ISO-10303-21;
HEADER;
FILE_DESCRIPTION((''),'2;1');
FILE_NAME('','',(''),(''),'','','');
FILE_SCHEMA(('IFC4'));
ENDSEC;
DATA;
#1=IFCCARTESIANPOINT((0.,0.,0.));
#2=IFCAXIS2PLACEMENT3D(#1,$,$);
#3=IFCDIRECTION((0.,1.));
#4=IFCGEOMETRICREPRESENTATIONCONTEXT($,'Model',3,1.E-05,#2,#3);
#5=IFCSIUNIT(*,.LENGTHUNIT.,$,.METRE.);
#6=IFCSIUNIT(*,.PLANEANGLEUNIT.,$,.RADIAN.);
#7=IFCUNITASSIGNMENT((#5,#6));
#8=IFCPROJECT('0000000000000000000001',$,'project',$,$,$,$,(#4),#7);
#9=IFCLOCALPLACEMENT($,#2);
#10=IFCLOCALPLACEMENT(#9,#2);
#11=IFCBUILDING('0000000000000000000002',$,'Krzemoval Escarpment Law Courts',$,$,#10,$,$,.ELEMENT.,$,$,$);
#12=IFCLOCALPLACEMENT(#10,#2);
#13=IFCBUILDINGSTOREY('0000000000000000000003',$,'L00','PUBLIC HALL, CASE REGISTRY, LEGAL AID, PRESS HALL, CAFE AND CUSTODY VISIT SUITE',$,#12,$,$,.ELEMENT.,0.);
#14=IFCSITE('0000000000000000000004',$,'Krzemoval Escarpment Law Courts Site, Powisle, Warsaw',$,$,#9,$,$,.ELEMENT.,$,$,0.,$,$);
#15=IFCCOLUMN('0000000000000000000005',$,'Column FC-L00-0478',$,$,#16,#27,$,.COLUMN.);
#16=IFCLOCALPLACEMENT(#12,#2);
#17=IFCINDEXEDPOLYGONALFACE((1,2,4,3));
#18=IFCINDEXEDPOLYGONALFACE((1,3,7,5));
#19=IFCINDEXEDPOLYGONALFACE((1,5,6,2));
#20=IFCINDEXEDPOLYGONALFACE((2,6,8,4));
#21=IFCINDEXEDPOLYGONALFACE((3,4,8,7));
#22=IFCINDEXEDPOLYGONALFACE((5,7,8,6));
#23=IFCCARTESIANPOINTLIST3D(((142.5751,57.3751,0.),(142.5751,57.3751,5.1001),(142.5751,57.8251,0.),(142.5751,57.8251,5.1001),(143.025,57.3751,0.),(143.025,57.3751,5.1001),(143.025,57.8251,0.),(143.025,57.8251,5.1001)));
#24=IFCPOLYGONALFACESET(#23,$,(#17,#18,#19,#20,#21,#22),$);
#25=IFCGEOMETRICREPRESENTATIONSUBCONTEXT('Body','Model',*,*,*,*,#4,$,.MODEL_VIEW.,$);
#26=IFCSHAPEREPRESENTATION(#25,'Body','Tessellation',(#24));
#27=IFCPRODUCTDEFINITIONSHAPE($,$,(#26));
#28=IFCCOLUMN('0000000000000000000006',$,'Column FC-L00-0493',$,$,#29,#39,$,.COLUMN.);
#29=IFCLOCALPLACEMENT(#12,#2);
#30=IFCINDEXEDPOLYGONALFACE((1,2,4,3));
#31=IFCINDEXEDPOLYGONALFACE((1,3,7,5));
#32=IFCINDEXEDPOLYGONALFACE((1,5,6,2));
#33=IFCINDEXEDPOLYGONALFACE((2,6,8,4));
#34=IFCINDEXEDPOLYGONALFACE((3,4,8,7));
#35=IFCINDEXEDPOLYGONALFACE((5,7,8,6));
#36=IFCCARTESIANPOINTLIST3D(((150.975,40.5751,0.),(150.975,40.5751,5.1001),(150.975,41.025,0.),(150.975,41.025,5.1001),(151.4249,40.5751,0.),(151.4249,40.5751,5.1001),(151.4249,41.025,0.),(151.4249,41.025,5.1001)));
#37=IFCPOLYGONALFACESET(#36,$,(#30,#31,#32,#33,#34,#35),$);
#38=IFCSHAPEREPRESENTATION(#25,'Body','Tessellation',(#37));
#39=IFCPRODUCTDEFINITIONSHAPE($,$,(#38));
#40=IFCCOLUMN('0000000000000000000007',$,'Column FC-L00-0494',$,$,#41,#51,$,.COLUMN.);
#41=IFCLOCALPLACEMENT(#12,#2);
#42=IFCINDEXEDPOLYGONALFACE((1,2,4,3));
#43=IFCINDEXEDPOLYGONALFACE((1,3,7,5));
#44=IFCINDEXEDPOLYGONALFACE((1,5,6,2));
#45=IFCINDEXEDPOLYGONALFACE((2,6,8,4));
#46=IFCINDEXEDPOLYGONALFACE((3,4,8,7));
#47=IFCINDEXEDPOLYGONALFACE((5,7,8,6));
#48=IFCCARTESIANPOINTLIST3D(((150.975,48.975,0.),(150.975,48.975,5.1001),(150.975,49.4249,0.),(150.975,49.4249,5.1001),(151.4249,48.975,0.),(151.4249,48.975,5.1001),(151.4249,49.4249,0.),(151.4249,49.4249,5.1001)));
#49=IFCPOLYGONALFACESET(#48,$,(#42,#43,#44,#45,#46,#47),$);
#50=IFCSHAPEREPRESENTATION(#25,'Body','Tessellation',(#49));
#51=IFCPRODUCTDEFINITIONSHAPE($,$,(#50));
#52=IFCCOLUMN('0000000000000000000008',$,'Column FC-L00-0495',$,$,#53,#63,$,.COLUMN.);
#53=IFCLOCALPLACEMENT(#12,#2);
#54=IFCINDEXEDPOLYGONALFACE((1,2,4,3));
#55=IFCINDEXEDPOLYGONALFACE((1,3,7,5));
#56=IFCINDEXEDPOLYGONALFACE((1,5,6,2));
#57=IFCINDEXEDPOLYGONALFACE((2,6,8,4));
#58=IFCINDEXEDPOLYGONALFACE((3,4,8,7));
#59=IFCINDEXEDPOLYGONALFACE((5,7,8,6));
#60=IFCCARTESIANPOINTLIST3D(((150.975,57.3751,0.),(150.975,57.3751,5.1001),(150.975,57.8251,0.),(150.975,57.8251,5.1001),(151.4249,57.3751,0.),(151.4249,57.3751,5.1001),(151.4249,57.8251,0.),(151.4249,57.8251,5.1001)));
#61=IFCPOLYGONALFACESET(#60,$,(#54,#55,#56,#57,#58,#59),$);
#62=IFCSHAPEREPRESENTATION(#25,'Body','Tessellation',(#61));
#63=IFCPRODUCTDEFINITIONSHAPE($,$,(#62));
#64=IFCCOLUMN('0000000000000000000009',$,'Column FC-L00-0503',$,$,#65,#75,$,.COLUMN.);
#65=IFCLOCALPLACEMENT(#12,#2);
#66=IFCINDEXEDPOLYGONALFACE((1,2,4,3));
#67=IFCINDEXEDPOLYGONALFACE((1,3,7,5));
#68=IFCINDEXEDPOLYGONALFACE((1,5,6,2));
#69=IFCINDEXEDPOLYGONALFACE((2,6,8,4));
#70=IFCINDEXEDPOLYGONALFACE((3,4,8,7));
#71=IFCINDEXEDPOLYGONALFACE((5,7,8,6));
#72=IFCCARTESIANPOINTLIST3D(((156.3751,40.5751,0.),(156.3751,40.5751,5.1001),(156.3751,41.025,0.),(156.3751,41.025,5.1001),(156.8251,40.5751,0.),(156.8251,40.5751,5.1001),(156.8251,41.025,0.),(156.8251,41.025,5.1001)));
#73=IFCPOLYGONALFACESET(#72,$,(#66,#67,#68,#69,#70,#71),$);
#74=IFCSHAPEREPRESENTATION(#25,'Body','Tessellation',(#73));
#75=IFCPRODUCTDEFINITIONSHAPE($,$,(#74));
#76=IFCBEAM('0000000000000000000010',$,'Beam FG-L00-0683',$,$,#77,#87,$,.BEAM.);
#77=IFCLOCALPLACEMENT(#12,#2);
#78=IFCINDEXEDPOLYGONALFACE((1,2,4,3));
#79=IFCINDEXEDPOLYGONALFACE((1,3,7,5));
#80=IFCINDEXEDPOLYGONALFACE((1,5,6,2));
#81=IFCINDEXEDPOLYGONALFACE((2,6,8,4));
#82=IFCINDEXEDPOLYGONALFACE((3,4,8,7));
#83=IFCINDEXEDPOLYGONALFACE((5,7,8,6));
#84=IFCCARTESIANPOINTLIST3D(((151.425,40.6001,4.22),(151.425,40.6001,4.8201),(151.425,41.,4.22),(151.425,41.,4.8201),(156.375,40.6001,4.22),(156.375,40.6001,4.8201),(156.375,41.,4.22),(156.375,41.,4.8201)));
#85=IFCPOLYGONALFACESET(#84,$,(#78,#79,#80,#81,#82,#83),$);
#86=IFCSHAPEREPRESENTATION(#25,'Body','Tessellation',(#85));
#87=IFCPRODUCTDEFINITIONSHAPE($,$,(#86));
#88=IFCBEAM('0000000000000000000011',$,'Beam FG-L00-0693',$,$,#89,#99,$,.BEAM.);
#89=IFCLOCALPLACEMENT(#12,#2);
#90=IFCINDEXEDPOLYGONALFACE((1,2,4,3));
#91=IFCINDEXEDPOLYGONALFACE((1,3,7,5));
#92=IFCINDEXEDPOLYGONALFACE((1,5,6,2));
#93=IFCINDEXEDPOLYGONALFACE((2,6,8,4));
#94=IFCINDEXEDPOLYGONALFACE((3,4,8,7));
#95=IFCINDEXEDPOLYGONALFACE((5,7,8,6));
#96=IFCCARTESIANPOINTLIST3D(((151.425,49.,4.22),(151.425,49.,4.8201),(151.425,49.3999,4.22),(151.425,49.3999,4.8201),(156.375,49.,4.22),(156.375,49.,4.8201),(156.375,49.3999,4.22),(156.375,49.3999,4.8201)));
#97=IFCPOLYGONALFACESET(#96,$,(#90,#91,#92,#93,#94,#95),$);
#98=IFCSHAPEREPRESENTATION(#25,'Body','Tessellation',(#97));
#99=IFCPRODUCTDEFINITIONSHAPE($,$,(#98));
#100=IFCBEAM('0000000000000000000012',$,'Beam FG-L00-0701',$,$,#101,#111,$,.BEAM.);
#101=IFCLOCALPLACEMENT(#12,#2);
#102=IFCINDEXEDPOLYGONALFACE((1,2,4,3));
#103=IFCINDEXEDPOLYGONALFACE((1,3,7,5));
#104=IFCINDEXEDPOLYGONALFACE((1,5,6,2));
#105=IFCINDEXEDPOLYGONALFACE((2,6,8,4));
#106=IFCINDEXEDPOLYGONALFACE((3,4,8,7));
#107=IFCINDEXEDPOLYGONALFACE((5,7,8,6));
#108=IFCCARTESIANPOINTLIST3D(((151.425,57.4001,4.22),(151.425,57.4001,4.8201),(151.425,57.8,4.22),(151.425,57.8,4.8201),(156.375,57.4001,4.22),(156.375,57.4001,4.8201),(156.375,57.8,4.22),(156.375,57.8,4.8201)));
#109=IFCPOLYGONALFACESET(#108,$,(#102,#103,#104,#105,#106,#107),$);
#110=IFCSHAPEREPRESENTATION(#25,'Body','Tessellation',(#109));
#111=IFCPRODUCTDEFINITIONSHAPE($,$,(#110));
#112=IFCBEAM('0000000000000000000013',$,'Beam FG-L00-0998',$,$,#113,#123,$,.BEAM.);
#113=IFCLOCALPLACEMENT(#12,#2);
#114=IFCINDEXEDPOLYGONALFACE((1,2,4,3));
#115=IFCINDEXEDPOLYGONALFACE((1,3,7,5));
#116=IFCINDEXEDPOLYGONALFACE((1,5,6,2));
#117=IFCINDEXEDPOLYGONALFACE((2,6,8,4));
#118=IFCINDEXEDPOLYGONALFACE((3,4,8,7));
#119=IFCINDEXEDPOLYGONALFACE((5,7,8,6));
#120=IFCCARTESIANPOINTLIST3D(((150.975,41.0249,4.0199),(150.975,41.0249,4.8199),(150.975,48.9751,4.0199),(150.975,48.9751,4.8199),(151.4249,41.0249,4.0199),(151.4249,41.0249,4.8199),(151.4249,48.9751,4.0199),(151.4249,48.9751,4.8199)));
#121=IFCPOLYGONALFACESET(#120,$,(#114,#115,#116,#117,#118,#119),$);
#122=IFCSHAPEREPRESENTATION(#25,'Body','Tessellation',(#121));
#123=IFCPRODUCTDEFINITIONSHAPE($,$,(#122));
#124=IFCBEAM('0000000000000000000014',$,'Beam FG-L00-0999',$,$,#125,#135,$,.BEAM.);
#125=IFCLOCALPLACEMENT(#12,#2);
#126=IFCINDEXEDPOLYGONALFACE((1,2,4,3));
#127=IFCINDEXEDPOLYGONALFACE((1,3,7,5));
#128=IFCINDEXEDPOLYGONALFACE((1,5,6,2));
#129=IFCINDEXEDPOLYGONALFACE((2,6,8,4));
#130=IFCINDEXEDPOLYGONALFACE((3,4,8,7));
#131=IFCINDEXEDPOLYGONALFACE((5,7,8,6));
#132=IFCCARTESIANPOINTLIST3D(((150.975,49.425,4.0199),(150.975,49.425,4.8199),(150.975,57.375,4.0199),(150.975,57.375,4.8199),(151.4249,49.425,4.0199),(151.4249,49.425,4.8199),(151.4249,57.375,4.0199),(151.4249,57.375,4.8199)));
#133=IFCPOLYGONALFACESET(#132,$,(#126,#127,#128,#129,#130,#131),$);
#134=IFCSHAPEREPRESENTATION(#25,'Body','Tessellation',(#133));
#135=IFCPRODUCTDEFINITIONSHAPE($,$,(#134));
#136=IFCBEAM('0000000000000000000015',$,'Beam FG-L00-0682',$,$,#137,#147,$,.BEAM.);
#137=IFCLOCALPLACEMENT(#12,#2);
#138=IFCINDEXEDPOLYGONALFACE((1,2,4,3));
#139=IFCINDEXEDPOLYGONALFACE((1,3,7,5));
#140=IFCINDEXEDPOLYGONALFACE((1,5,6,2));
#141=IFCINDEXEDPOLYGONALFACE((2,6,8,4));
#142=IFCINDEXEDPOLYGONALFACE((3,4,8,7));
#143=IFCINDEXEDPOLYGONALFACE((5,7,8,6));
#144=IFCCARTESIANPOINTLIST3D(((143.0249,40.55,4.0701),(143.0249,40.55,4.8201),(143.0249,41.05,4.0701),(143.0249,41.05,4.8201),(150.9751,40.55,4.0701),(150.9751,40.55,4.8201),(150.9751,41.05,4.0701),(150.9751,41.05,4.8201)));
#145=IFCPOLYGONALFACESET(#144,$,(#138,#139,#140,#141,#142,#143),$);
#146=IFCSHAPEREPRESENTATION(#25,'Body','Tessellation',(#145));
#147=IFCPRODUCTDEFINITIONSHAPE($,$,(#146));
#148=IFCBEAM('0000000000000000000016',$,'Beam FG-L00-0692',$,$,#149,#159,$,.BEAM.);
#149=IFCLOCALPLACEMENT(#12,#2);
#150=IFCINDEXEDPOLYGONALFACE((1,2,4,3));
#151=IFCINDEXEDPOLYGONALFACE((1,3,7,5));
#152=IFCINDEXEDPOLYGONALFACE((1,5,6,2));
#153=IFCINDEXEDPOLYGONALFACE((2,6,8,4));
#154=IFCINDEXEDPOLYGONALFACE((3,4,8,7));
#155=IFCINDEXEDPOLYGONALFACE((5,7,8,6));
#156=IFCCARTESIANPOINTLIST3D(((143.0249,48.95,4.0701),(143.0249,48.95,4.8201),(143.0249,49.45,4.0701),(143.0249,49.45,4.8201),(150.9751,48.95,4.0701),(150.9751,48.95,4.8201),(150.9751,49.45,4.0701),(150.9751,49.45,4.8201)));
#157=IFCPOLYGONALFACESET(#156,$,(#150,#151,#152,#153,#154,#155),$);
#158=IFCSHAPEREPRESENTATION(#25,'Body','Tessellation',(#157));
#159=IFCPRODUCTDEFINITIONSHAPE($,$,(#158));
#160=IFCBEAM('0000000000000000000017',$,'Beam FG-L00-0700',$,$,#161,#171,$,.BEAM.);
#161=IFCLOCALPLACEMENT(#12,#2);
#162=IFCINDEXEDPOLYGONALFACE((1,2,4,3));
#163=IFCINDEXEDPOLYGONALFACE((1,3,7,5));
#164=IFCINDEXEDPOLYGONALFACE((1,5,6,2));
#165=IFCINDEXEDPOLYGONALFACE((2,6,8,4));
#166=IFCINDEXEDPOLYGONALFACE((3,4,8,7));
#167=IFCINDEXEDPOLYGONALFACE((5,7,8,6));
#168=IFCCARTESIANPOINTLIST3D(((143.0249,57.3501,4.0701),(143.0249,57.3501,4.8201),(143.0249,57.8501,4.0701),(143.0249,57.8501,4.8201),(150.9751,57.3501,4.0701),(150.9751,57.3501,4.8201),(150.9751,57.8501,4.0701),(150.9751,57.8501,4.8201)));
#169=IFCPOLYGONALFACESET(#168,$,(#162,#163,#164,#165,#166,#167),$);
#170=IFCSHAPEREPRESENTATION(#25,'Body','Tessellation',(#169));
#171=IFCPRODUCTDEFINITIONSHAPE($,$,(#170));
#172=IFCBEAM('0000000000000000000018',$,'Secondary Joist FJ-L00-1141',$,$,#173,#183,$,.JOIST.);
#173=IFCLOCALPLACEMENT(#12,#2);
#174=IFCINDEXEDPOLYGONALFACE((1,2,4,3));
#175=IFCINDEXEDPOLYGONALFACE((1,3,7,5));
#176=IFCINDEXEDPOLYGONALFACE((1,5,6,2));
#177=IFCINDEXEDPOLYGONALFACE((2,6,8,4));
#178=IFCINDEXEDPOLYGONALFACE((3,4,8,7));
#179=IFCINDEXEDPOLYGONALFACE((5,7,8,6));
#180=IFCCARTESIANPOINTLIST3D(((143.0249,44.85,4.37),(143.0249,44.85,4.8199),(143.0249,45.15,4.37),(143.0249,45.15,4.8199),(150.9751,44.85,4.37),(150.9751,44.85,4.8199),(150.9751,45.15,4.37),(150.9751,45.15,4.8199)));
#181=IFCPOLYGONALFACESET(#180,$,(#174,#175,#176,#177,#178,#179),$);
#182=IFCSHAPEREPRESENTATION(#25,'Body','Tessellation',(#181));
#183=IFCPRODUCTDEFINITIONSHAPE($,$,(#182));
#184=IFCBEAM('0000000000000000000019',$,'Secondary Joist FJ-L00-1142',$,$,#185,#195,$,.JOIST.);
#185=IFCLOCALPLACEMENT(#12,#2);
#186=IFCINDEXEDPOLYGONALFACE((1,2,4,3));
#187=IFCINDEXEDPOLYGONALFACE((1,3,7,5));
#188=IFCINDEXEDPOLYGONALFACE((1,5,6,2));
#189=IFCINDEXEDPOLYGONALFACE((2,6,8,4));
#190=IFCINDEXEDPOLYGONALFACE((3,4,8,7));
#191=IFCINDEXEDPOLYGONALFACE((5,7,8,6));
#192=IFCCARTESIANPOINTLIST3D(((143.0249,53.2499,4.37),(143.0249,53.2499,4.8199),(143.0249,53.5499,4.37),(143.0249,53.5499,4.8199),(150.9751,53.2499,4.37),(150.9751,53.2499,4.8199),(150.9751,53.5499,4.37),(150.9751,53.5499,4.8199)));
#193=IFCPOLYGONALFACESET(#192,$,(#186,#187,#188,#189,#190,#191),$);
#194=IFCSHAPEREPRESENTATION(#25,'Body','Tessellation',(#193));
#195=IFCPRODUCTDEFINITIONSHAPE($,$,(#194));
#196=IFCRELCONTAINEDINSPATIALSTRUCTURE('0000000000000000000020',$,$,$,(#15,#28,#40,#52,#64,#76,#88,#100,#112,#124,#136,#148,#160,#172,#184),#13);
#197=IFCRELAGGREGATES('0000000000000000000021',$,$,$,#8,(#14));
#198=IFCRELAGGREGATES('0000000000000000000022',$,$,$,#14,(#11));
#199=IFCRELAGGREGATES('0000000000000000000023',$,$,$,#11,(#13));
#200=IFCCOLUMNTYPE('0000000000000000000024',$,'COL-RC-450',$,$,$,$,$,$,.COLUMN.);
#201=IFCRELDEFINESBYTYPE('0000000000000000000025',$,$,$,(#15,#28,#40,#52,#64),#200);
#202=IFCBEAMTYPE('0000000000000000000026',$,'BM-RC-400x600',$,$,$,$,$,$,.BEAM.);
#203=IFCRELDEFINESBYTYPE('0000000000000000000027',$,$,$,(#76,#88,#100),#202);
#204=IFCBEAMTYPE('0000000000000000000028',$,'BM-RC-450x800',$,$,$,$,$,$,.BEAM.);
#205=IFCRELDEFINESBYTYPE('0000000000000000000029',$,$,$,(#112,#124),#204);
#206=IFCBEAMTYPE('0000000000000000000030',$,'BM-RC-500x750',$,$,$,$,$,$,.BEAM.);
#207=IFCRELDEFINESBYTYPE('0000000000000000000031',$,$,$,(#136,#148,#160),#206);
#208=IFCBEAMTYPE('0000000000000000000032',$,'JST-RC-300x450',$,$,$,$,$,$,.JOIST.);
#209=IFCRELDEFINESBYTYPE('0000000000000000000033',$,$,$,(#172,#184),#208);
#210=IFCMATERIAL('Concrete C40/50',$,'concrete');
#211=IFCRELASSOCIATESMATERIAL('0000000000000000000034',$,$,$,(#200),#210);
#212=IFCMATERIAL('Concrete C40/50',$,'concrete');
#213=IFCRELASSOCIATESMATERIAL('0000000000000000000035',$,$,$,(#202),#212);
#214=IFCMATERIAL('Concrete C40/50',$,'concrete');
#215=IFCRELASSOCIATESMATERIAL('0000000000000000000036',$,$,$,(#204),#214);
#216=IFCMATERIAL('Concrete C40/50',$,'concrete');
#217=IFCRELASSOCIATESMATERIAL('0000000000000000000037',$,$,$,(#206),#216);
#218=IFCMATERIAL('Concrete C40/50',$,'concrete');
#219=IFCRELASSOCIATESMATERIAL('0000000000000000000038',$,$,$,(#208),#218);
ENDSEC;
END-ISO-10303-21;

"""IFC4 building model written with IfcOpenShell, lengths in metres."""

from ifc_helpers import new_model, si_unit, direction, frame, origin, origin_2d, place, context, subcontext, project, spatial, rectangle, extrude, material, material_profile, profile_set, type_object, element, save


model = new_model("IFC4")

# Units and contexts
model_context = context("Model", 3, precision=1e-05, world=origin(), true_north=direction((0.0, 1.0)))
body_context = subcontext(model_context, "Body", "Model", "MODEL_VIEW")
ifc_project = project(units=[si_unit("LENGTHUNIT", "METRE"), si_unit("PLANEANGLEUNIT", "RADIAN")], contexts=[model_context])

# Site, building, storey
site_placement = place(None, origin())
site = spatial("IfcSite", under=ifc_project, at=site_placement, Name="Krzemoval Escarpment Law Courts Site, Powisle, Warsaw", CompositionType="ELEMENT", RefElevation=0.0)
building_placement = place(site_placement, origin())
building = spatial("IfcBuilding", under=site, at=building_placement, Name="Krzemoval Escarpment Law Courts", CompositionType="ELEMENT")
storey_placement = place(building_placement, origin())
storey = spatial("IfcBuildingStorey", under=building, at=storey_placement, Name="L00", Description="PUBLIC HALL, CASE REGISTRY, LEGAL AID, PRESS HALL, CAFE AND CUSTODY VISIT SUITE", CompositionType="ELEMENT", Elevation=0.0)

# Columns
ifc_material_1 = material(Name="Concrete C40/50", Category="concrete")
ifc_material_profile_1 = material_profile(ifc_material_1, rectangle(XDim=0.45, YDim=0.45, at=origin_2d()), Name="RC 450x450")
ifc_profile_set_1 = profile_set([ifc_material_profile_1], Name="Concrete C40/50")
column_type = type_object("IfcColumnType", Name="COL-RC-450", PredefinedType="COLUMN", material=ifc_profile_set_1)
for number, where, z_axis, x_axis, name in (
    (1, (142.8, 57.6001, 0.0), (0.0, 0.0, 1.0), (1.0, 0.0, 0.0), "Column FC-L00-0478"),
    (2, (151.2, 40.8, 0.0), (0.0, 0.0, 1.0), (1.0, 0.0, 0.0), "Column FC-L00-0493"),
    (3, (151.2, 49.2, 0.0), (0.0, 0.0, 1.0), (1.0, 0.0, 0.0), "Column FC-L00-0494"),
    (4, (151.2, 57.6001, 0.0), (0.0, 0.0, 1.0), (1.0, 0.0, 0.0), "Column FC-L00-0495"),
    (5, (156.6001, 40.8, 0.0), (0.0, 0.0, 1.0), (1.0, 0.0, 0.0), "Column FC-L00-0503"),
):
    element("IfcColumn", number, at=place(storey_placement, frame(where, z_axis=z_axis, x_axis=x_axis)), inside=storey, type_object=column_type, Name=name, PredefinedType="COLUMN", context=body_context, shape_type="SweptSolid", body=[
        extrude(rectangle(XDim=0.45, YDim=0.45, at=origin_2d()), origin(), (0.0, 0.0, 1.0), 5.1001),
    ])

# Beams
ifc_material_2 = material(Name="Concrete C40/50", Category="concrete")
ifc_material_profile_2 = material_profile(ifc_material_2, rectangle(XDim=0.3999, YDim=0.6001, at=origin_2d()), Name="RCB 400x600")
ifc_profile_set_2 = profile_set([ifc_material_profile_2], Name="Concrete C40/50")
beam_type_1 = type_object("IfcBeamType", Name="BM-RC-400x600", PredefinedType="BEAM", material=ifc_profile_set_2)
for number, where, z_axis, x_axis, name in (
    (6, (151.425, 40.8, 4.52), (1.0, 0.0, 0.0), (0.0, 1.0, 0.0), "Beam FG-L00-0683"),
    (7, (151.425, 49.2, 4.52), (1.0, 0.0, 0.0), (0.0, 1.0, 0.0), "Beam FG-L00-0693"),
    (8, (151.425, 57.6001, 4.52), (1.0, 0.0, 0.0), (0.0, 1.0, 0.0), "Beam FG-L00-0701"),
):
    element("IfcBeam", number, at=place(storey_placement, frame(where, z_axis=z_axis, x_axis=x_axis)), inside=storey, type_object=beam_type_1, Name=name, PredefinedType="BEAM", context=body_context, shape_type="SweptSolid", body=[
        extrude(rectangle(XDim=0.3999, YDim=0.6001, at=origin_2d()), origin(), (0.0, 0.0, 1.0), 4.95),
    ])
ifc_material_3 = material(Name="Concrete C40/50", Category="concrete")
ifc_material_profile_3 = material_profile(ifc_material_3, rectangle(XDim=0.45, YDim=0.8, at=origin_2d()), Name="RCB 450x800")
ifc_profile_set_3 = profile_set([ifc_material_profile_3], Name="Concrete C40/50")
beam_type_2 = type_object("IfcBeamType", Name="BM-RC-450x800", PredefinedType="BEAM", material=ifc_profile_set_3)
beam_1_placement = place(storey_placement, frame((151.2, 41.0249, 4.4199), z_axis=(0.0, 1.0, 0.0), x_axis=(-1.0, 0.0, 0.0)))
element("IfcBeam", 9, at=beam_1_placement, inside=storey, type_object=beam_type_2, Name="Beam FG-L00-0998", PredefinedType="BEAM", context=body_context, shape_type="SweptSolid", body=[
    extrude(rectangle(XDim=0.45, YDim=0.8, at=origin_2d()), origin(), (0.0, 0.0, 1.0), 7.9502),
])
beam_2_placement = place(storey_placement, frame((151.2, 49.425, 4.4199), z_axis=(0.0, 1.0, 0.0), x_axis=(-1.0, 0.0, 0.0)))
element("IfcBeam", 10, at=beam_2_placement, inside=storey, type_object=beam_type_2, Name="Beam FG-L00-0999", PredefinedType="BEAM", context=body_context, shape_type="SweptSolid", body=[
    extrude(rectangle(XDim=0.45, YDim=0.8, at=origin_2d()), origin(), (0.0, 0.0, 1.0), 7.95),
])
ifc_material_4 = material(Name="Concrete C40/50", Category="concrete")
ifc_material_profile_4 = material_profile(ifc_material_4, rectangle(XDim=0.5, YDim=0.75, at=origin_2d()), Name="RCB 500x750")
ifc_profile_set_4 = profile_set([ifc_material_profile_4], Name="Concrete C40/50")
beam_type_3 = type_object("IfcBeamType", Name="BM-RC-500x750", PredefinedType="BEAM", material=ifc_profile_set_4)
for number, where, z_axis, x_axis, name in (
    (11, (143.0249, 40.8, 4.4451), (1.0, 0.0, 0.0), (0.0, 1.0, 0.0), "Beam FG-L00-0682"),
    (12, (143.0249, 49.2, 4.4451), (1.0, 0.0, 0.0), (0.0, 1.0, 0.0), "Beam FG-L00-0692"),
    (13, (143.0249, 57.6001, 4.4451), (1.0, 0.0, 0.0), (0.0, 1.0, 0.0), "Beam FG-L00-0700"),
):
    element("IfcBeam", number, at=place(storey_placement, frame(where, z_axis=z_axis, x_axis=x_axis)), inside=storey, type_object=beam_type_3, Name=name, PredefinedType="BEAM", context=body_context, shape_type="SweptSolid", body=[
        extrude(rectangle(XDim=0.5, YDim=0.75, at=origin_2d()), origin(), (0.0, 0.0, 1.0), 7.9502),
    ])
ifc_material_5 = material(Name="Concrete C40/50", Category="concrete")
ifc_material_profile_5 = material_profile(ifc_material_5, rectangle(XDim=0.3, YDim=0.45, at=origin_2d()), Name="RCB 300x450")
ifc_profile_set_5 = profile_set([ifc_material_profile_5], Name="Concrete C40/50")
beam_type_4 = type_object("IfcBeamType", Name="JST-RC-300x450", PredefinedType="JOIST", material=ifc_profile_set_5)
for number, where, z_axis, x_axis, name in (
    (14, (143.0249, 45.0, 4.595), (1.0, 0.0, 0.0), (0.0, 1.0, 0.0), "Secondary Joist FJ-L00-1141"),
    (15, (143.0249, 53.3999, 4.595), (1.0, 0.0, 0.0), (0.0, 1.0, 0.0), "Secondary Joist FJ-L00-1142"),
):
    element("IfcBeam", number, at=place(storey_placement, frame(where, z_axis=z_axis, x_axis=x_axis)), inside=storey, type_object=beam_type_4, Name=name, PredefinedType="JOIST", context=body_context, shape_type="SweptSolid", body=[
        extrude(rectangle(XDim=0.3, YDim=0.45, at=origin_2d()), origin(), (0.0, 0.0, 1.0), 7.9502),
    ])

save(model, "model.ifc")
